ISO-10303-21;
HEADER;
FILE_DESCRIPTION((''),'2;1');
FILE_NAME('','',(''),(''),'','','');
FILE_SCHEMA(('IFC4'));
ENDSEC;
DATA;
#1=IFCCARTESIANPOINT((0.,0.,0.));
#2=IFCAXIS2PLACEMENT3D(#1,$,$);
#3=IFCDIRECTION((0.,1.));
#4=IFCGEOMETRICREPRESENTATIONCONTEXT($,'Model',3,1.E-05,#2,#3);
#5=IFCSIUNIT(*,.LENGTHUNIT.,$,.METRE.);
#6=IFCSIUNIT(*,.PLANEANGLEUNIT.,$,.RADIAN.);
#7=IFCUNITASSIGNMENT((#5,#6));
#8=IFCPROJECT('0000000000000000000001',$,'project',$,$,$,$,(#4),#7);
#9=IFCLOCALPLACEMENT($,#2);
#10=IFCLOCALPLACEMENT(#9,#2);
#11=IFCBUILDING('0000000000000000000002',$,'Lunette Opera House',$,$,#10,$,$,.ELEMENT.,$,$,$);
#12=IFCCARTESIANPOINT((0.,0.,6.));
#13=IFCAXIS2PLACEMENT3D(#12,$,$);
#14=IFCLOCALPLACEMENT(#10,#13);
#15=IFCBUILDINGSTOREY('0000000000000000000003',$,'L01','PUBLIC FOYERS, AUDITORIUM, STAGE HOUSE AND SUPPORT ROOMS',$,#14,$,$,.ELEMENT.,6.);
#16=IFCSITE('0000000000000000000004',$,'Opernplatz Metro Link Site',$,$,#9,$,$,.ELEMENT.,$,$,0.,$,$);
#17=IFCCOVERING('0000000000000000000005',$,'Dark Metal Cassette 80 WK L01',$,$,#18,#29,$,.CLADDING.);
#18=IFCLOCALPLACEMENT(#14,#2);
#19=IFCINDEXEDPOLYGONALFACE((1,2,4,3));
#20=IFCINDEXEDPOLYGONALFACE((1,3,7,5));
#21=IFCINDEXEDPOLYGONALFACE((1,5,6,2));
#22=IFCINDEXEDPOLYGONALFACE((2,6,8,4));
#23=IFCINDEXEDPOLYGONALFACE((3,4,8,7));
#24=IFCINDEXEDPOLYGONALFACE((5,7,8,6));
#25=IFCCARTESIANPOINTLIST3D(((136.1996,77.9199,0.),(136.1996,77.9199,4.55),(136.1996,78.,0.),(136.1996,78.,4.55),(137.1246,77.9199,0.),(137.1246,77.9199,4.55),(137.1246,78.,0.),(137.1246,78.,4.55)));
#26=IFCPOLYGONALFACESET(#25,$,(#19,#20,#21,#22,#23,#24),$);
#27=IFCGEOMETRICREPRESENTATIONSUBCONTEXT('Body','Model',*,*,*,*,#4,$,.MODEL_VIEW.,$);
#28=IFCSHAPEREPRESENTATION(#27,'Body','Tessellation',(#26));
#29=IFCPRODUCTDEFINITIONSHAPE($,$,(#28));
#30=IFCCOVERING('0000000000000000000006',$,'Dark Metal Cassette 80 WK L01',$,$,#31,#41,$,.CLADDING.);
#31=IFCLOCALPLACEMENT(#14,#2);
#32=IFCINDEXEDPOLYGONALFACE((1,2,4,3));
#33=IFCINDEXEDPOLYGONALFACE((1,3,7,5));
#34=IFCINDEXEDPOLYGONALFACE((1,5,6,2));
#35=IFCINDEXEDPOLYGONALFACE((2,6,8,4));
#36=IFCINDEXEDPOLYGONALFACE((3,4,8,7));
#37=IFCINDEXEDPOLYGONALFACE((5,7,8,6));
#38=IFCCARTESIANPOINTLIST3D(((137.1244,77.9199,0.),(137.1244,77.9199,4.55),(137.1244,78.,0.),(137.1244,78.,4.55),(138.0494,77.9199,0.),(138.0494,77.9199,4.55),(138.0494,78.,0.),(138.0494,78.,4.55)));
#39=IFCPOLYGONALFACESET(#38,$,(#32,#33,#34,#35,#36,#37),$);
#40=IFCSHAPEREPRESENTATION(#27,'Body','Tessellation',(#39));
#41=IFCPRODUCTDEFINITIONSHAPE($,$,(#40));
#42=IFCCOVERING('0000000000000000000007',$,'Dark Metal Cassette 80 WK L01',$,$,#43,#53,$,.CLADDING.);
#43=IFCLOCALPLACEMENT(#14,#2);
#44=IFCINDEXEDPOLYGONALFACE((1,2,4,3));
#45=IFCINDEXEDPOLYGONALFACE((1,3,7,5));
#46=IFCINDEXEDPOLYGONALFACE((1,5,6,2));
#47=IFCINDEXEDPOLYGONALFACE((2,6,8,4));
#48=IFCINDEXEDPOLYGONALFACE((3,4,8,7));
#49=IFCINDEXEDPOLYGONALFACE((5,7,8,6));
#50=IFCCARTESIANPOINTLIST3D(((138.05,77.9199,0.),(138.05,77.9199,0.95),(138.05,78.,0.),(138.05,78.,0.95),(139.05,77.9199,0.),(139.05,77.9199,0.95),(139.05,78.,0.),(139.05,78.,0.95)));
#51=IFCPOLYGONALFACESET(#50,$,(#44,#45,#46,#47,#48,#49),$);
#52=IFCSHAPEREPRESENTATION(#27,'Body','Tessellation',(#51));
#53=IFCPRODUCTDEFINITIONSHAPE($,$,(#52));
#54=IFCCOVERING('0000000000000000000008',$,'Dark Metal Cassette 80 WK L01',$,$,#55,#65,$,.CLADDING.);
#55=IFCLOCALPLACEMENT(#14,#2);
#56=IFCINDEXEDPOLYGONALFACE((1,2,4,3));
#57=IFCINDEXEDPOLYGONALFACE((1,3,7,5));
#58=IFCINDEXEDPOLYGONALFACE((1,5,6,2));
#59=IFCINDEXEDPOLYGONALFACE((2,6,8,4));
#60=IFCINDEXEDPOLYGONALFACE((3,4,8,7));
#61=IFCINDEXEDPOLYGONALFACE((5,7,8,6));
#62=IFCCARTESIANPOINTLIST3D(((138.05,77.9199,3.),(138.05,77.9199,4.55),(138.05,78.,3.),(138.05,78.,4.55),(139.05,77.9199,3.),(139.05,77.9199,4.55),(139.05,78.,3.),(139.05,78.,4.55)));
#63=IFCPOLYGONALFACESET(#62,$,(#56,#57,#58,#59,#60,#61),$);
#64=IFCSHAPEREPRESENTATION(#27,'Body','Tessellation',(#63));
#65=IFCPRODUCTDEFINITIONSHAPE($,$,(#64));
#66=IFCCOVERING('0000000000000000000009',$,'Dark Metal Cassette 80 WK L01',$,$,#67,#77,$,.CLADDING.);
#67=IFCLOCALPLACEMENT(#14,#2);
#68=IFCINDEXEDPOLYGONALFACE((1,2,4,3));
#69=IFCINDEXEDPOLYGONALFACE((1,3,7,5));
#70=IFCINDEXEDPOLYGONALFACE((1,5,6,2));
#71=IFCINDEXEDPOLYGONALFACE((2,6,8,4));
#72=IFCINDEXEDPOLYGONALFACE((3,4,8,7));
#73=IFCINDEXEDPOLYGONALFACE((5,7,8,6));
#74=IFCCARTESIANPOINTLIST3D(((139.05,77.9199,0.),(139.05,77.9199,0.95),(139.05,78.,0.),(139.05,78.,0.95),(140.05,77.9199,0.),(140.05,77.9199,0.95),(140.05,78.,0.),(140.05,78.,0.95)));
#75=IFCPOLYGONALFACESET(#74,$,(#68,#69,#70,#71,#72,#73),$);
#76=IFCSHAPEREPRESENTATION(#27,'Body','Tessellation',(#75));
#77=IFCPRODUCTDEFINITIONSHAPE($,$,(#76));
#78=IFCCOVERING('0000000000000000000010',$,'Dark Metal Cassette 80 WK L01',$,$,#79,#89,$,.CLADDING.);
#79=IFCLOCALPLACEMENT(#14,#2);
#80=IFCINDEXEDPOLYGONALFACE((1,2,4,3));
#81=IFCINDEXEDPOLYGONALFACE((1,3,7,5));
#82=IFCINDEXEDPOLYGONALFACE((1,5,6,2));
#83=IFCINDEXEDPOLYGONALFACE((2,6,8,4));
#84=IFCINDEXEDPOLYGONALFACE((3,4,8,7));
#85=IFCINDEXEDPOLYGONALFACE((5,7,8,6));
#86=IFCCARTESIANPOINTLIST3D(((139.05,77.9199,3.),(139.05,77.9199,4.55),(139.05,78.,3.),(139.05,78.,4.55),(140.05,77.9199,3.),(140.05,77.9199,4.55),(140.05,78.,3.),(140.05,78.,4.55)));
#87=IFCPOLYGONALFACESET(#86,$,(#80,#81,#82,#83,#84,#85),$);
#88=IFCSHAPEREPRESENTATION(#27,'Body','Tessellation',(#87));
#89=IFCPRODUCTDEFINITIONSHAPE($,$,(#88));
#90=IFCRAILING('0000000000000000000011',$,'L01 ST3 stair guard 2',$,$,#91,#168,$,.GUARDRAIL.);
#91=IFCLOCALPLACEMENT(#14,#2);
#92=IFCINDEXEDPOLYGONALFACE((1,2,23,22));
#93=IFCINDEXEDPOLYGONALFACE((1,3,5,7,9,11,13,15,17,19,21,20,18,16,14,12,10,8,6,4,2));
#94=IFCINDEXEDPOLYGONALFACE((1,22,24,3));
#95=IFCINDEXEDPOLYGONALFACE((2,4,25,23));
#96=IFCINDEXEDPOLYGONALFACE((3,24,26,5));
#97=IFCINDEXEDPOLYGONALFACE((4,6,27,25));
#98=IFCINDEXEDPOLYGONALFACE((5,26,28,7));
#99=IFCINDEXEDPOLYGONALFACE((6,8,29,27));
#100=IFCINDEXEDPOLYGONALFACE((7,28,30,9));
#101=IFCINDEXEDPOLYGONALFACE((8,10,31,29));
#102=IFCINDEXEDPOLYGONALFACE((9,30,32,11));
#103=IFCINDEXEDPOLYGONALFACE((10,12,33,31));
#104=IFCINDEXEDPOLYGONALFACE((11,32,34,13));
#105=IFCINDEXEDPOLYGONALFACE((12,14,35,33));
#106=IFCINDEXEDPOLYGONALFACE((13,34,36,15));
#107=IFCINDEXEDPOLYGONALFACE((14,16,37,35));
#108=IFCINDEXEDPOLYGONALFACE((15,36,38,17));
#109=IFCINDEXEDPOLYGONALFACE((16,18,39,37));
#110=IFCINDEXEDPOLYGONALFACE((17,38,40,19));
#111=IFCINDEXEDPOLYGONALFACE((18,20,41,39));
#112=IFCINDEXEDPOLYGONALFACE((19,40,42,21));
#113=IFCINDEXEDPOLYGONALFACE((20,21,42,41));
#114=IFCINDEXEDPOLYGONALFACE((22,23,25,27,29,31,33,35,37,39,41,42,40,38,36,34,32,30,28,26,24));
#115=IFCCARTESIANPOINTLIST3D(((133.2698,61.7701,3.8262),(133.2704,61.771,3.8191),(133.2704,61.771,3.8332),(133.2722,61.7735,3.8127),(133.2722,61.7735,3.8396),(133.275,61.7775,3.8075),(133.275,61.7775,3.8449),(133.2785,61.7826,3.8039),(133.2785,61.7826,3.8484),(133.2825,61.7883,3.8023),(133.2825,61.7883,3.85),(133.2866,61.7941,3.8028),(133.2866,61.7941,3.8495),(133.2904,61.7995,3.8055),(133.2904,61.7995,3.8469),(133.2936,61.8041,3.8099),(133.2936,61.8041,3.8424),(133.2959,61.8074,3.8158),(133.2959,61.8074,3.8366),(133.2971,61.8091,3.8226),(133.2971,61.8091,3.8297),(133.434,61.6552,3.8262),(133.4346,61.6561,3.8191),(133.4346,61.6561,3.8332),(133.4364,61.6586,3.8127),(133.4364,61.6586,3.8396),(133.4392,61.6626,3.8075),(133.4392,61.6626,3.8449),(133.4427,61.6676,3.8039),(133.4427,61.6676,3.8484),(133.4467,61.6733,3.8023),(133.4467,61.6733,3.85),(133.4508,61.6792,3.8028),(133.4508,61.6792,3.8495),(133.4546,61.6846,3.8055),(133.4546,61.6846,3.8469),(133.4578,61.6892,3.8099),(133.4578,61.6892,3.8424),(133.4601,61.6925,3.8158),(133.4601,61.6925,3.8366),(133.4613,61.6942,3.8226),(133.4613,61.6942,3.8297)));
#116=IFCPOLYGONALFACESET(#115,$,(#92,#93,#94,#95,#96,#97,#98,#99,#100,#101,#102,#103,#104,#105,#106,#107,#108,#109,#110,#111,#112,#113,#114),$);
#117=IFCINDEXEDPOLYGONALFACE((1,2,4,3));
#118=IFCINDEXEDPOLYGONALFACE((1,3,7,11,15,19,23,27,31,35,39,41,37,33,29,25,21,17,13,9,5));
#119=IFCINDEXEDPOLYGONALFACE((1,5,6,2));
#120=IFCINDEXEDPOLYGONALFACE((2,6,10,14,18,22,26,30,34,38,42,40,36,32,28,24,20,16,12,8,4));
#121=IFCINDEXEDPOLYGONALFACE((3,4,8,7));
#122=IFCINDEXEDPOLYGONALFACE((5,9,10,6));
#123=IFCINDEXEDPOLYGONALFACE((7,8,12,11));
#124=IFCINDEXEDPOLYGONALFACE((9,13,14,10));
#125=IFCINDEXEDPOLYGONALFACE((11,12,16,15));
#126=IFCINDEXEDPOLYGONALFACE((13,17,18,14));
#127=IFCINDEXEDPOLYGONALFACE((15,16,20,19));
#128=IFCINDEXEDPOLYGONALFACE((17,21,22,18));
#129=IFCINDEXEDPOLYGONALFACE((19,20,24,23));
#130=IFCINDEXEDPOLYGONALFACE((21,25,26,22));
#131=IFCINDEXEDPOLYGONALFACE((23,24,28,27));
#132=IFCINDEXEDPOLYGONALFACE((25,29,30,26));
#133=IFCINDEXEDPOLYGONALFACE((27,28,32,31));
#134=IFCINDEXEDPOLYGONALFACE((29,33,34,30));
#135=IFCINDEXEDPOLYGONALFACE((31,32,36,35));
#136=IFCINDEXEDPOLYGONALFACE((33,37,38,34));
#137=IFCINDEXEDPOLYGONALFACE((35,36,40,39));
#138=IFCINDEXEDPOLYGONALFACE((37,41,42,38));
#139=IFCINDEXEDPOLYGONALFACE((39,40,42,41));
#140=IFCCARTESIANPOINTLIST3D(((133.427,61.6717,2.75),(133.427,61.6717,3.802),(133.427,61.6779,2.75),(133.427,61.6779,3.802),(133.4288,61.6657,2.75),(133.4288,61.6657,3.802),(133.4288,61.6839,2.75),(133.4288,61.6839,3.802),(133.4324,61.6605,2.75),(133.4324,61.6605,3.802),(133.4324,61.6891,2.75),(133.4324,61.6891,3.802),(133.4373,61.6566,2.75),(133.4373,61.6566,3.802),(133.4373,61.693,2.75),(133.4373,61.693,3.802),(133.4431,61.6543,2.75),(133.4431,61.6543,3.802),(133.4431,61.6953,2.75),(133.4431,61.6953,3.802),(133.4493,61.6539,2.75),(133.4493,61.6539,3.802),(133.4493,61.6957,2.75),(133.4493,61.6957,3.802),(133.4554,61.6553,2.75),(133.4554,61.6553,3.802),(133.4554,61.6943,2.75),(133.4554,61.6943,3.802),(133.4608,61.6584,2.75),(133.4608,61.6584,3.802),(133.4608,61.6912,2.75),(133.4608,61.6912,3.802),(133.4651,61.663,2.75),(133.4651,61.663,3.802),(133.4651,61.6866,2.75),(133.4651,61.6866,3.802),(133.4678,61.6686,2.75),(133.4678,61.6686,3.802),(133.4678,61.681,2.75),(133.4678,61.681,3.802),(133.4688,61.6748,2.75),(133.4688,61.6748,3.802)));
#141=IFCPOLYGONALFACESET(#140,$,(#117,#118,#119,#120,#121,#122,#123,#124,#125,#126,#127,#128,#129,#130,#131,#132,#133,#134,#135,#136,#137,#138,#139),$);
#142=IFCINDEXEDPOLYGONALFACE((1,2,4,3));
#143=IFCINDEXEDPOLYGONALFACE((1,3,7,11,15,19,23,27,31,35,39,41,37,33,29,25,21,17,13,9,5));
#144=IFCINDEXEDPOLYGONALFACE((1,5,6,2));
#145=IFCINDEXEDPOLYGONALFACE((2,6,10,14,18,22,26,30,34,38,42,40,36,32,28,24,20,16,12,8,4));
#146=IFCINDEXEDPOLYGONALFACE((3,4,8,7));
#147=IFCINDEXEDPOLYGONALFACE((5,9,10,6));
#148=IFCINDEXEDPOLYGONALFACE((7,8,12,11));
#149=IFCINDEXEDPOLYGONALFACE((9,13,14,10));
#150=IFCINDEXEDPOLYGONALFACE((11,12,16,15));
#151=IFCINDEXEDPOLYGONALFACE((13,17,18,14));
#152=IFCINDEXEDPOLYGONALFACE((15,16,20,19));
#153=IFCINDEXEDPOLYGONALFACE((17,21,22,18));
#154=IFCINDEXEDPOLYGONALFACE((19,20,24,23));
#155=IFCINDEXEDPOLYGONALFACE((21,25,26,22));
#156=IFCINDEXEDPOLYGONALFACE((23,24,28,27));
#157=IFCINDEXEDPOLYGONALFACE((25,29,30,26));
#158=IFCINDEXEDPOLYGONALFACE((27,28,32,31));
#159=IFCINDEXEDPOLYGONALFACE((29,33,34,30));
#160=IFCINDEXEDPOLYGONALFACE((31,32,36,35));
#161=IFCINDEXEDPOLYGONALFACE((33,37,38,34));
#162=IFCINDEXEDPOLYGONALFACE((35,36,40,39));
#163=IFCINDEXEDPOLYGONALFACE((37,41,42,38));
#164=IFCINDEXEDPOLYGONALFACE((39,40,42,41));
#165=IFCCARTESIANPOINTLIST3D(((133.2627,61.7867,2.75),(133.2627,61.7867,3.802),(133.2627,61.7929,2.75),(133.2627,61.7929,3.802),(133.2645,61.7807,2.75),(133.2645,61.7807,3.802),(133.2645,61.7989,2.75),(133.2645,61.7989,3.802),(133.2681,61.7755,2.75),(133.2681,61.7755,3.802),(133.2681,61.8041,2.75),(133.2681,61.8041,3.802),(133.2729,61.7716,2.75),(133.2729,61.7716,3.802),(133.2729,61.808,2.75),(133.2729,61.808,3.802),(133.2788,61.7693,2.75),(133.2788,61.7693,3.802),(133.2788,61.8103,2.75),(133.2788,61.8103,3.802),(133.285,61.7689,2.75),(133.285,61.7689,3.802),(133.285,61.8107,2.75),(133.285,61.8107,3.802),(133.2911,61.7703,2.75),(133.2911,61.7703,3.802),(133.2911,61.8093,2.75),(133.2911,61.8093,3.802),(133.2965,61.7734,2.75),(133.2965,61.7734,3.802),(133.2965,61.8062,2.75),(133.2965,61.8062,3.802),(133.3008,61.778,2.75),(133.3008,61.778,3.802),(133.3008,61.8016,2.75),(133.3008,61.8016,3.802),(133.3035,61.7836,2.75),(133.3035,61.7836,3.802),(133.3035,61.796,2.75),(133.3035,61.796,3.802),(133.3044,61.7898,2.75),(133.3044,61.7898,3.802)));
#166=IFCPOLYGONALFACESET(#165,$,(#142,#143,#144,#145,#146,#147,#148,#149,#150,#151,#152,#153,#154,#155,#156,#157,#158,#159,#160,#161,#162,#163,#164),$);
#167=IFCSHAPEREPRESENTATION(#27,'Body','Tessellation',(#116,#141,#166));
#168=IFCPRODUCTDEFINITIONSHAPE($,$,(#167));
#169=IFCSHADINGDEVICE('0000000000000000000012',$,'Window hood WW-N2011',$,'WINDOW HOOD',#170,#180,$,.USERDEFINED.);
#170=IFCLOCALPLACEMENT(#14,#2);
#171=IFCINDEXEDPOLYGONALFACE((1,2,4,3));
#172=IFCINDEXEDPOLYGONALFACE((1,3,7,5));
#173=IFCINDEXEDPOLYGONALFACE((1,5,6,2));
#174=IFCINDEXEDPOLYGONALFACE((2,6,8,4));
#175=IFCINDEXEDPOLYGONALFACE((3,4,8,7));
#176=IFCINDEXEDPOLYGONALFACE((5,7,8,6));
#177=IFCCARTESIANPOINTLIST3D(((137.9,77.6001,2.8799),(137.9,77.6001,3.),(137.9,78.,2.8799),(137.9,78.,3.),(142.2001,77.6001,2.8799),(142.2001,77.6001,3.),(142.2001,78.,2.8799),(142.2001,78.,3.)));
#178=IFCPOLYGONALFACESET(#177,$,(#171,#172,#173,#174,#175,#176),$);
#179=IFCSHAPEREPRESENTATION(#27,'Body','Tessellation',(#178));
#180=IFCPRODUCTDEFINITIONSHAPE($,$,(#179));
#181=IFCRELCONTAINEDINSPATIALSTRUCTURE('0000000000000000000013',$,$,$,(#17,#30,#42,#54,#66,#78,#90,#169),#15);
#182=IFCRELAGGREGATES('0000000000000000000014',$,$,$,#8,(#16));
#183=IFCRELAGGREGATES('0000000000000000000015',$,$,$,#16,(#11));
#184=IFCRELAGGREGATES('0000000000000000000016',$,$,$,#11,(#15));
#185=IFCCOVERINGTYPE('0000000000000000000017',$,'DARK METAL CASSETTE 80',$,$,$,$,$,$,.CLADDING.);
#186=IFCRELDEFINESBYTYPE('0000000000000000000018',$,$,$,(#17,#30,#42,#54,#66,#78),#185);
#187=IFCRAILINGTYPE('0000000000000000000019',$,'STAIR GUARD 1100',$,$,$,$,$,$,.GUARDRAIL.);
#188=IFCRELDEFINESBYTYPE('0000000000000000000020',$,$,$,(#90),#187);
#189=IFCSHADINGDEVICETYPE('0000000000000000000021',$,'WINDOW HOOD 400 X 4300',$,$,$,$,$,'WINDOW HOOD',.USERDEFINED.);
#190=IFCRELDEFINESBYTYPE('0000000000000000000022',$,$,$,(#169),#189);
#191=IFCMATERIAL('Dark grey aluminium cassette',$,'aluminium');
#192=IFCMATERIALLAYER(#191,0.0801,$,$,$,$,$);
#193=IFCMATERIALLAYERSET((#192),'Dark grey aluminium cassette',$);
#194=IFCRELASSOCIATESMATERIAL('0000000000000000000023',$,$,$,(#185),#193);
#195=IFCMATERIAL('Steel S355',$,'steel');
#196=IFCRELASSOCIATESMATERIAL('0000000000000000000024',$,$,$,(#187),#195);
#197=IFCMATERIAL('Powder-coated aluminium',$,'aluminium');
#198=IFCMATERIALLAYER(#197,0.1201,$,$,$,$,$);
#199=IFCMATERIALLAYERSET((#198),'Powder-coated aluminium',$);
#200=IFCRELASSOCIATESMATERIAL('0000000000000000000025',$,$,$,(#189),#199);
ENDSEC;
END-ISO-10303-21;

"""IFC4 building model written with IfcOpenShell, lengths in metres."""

from ifc_helpers import new_model, si_unit, direction, frame, origin, origin_2d, place, context, subcontext, project, spatial, rectangle, circle, extrude, material, layer, layer_set, type_object, element, save


model = new_model("IFC4")

# Units and contexts
model_context = context("Model", 3, precision=1e-05, world=origin(), true_north=direction((0.0, 1.0)))
body_context = subcontext(model_context, "Body", "Model", "MODEL_VIEW")
ifc_project = project(units=[si_unit("LENGTHUNIT", "METRE"), si_unit("PLANEANGLEUNIT", "RADIAN")], contexts=[model_context])

# Site, building, storey
site_placement = place(None, origin())
site = spatial("IfcSite", under=ifc_project, at=site_placement, Name="Opernplatz Metro Link Site", CompositionType="ELEMENT", RefElevation=0.0)
building_placement = place(site_placement, origin())
building = spatial("IfcBuilding", under=site, at=building_placement, Name="Lunette Opera House", CompositionType="ELEMENT")
storey_placement = place(building_placement, frame((0.0, 0.0, 6.0)))
storey = spatial("IfcBuildingStorey", under=building, at=storey_placement, Name="L01", Description="PUBLIC FOYERS, AUDITORIUM, STAGE HOUSE AND SUPPORT ROOMS", CompositionType="ELEMENT", Elevation=6.0)

# Coverings
ifc_material_1 = material(Name="Dark grey aluminium cassette", Category="aluminium")
ifc_layer_1 = layer(ifc_material_1, 0.0801)
ifc_layer_set_1 = layer_set([ifc_layer_1], Name="Dark grey aluminium cassette")
covering_type = type_object("IfcCoveringType", Name="DARK METAL CASSETTE 80", PredefinedType="CLADDING", material=ifc_layer_set_1)
for number, where, z_axis, x_axis, name in (
    (1, (136.6621, 77.96, 0.0), (0.0, 0.0, 1.0), (1.0, 0.0, 0.0), "Dark Metal Cassette 80 WK L01"),
    (2, (137.5869, 77.96, 0.0), (0.0, 0.0, 1.0), (1.0, 0.0, 0.0), "Dark Metal Cassette 80 WK L01"),
):
    element("IfcCovering", number, at=place(storey_placement, frame(where, z_axis=z_axis, x_axis=x_axis)), inside=storey, type_object=covering_type, Name=name, PredefinedType="CLADDING", context=body_context, shape_type="SweptSolid", body=[
        extrude(rectangle(XDim=0.925, YDim=0.0801, at=origin_2d()), origin(), (0.0, 0.0, 1.0), 4.55),
    ])
covering_1_placement = place(storey_placement, frame((138.55, 77.96, 0.0), z_axis=(0.0, 0.0, 1.0), x_axis=(1.0, 0.0, 0.0)))
element("IfcCovering", 3, at=covering_1_placement, inside=storey, type_object=covering_type, Name="Dark Metal Cassette 80 WK L01", PredefinedType="CLADDING", context=body_context, shape_type="SweptSolid", body=[
    extrude(rectangle(XDim=1.0, YDim=0.0801, at=origin_2d()), origin(), (0.0, 0.0, 1.0), 0.95),
])
covering_2_placement = place(storey_placement, frame((138.55, 77.96, 3.0), z_axis=(0.0, 0.0, 1.0), x_axis=(1.0, 0.0, 0.0)))
element("IfcCovering", 4, at=covering_2_placement, inside=storey, type_object=covering_type, Name="Dark Metal Cassette 80 WK L01", PredefinedType="CLADDING", context=body_context, shape_type="SweptSolid", body=[
    extrude(rectangle(XDim=1.0, YDim=0.0801, at=origin_2d()), origin(), (0.0, 0.0, 1.0), 1.55),
])
covering_3_placement = place(storey_placement, frame((139.55, 77.96, 0.0), z_axis=(0.0, 0.0, 1.0), x_axis=(1.0, 0.0, 0.0)))
element("IfcCovering", 5, at=covering_3_placement, inside=storey, type_object=covering_type, Name="Dark Metal Cassette 80 WK L01", PredefinedType="CLADDING", context=body_context, shape_type="SweptSolid", body=[
    extrude(rectangle(XDim=1.0, YDim=0.0801, at=origin_2d()), origin(), (0.0, 0.0, 1.0), 0.95),
])
covering_4_placement = place(storey_placement, frame((139.55, 77.96, 3.0), z_axis=(0.0, 0.0, 1.0), x_axis=(1.0, 0.0, 0.0)))
element("IfcCovering", 6, at=covering_4_placement, inside=storey, type_object=covering_type, Name="Dark Metal Cassette 80 WK L01", PredefinedType="CLADDING", context=body_context, shape_type="SweptSolid", body=[
    extrude(rectangle(XDim=1.0, YDim=0.0801, at=origin_2d()), origin(), (0.0, 0.0, 1.0), 1.55),
])

# Railing
ifc_material_2 = material(Name="Steel S355", Category="steel")
railing_type_1 = type_object("IfcRailingType", Name="STAIR GUARD 1100", PredefinedType="GUARDRAIL", material=ifc_material_2)
railing_1_placement = place(storey_placement, frame((133.4478, 61.6748, 2.75)))
element("IfcRailing", 7, at=railing_1_placement, inside=storey, type_object=railing_type_1, Name="L01 ST3 stair guard 2", PredefinedType="GUARDRAIL", context=body_context, shape_type="SweptSolid", body=[
    extrude(circle(Radius=0.0239, at=origin_2d()), frame((0.0, 0.0, 1.0762), z_axis=(-0.819289, 0.573381, 0.0), x_axis=(-0.573381, -0.819289, 0.0)), (0.0, 0.0, 1.0), 0.2004),
    extrude(circle(Radius=0.021, at=origin_2d()), origin(), (0.0, 0.0, 1.0), 1.052),
    extrude(circle(Radius=0.021, at=origin_2d()), frame((-0.1643, 0.115, 0.0)), (0.0, 0.0, 1.0), 1.052),
])

# Shading device
ifc_material_3 = material(Name="Powder-coated aluminium", Category="aluminium")
ifc_layer_2 = layer(ifc_material_3, 0.1201)
ifc_layer_set_2 = layer_set([ifc_layer_2], Name="Powder-coated aluminium")
shading_device_type = type_object("IfcShadingDeviceType", Name="WINDOW HOOD 400 X 4300", ElementType="WINDOW HOOD", PredefinedType="USERDEFINED", material=ifc_layer_set_2)
shading_device_placement = place(storey_placement, frame((140.05, 77.8, 2.8799), z_axis=(0.0, 0.0, 1.0), x_axis=(0.0, -1.0, 0.0)))
element("IfcShadingDevice", 8, at=shading_device_placement, inside=storey, type_object=shading_device_type, Name="Window hood WW-N2011", ObjectType="WINDOW HOOD", PredefinedType="USERDEFINED", context=body_context, shape_type="SweptSolid", body=[
    extrude(rectangle(XDim=0.3999, YDim=4.3, at=origin_2d()), origin(), (0.0, 0.0, 1.0), 0.1201),
])

save(model, "model.ifc")
